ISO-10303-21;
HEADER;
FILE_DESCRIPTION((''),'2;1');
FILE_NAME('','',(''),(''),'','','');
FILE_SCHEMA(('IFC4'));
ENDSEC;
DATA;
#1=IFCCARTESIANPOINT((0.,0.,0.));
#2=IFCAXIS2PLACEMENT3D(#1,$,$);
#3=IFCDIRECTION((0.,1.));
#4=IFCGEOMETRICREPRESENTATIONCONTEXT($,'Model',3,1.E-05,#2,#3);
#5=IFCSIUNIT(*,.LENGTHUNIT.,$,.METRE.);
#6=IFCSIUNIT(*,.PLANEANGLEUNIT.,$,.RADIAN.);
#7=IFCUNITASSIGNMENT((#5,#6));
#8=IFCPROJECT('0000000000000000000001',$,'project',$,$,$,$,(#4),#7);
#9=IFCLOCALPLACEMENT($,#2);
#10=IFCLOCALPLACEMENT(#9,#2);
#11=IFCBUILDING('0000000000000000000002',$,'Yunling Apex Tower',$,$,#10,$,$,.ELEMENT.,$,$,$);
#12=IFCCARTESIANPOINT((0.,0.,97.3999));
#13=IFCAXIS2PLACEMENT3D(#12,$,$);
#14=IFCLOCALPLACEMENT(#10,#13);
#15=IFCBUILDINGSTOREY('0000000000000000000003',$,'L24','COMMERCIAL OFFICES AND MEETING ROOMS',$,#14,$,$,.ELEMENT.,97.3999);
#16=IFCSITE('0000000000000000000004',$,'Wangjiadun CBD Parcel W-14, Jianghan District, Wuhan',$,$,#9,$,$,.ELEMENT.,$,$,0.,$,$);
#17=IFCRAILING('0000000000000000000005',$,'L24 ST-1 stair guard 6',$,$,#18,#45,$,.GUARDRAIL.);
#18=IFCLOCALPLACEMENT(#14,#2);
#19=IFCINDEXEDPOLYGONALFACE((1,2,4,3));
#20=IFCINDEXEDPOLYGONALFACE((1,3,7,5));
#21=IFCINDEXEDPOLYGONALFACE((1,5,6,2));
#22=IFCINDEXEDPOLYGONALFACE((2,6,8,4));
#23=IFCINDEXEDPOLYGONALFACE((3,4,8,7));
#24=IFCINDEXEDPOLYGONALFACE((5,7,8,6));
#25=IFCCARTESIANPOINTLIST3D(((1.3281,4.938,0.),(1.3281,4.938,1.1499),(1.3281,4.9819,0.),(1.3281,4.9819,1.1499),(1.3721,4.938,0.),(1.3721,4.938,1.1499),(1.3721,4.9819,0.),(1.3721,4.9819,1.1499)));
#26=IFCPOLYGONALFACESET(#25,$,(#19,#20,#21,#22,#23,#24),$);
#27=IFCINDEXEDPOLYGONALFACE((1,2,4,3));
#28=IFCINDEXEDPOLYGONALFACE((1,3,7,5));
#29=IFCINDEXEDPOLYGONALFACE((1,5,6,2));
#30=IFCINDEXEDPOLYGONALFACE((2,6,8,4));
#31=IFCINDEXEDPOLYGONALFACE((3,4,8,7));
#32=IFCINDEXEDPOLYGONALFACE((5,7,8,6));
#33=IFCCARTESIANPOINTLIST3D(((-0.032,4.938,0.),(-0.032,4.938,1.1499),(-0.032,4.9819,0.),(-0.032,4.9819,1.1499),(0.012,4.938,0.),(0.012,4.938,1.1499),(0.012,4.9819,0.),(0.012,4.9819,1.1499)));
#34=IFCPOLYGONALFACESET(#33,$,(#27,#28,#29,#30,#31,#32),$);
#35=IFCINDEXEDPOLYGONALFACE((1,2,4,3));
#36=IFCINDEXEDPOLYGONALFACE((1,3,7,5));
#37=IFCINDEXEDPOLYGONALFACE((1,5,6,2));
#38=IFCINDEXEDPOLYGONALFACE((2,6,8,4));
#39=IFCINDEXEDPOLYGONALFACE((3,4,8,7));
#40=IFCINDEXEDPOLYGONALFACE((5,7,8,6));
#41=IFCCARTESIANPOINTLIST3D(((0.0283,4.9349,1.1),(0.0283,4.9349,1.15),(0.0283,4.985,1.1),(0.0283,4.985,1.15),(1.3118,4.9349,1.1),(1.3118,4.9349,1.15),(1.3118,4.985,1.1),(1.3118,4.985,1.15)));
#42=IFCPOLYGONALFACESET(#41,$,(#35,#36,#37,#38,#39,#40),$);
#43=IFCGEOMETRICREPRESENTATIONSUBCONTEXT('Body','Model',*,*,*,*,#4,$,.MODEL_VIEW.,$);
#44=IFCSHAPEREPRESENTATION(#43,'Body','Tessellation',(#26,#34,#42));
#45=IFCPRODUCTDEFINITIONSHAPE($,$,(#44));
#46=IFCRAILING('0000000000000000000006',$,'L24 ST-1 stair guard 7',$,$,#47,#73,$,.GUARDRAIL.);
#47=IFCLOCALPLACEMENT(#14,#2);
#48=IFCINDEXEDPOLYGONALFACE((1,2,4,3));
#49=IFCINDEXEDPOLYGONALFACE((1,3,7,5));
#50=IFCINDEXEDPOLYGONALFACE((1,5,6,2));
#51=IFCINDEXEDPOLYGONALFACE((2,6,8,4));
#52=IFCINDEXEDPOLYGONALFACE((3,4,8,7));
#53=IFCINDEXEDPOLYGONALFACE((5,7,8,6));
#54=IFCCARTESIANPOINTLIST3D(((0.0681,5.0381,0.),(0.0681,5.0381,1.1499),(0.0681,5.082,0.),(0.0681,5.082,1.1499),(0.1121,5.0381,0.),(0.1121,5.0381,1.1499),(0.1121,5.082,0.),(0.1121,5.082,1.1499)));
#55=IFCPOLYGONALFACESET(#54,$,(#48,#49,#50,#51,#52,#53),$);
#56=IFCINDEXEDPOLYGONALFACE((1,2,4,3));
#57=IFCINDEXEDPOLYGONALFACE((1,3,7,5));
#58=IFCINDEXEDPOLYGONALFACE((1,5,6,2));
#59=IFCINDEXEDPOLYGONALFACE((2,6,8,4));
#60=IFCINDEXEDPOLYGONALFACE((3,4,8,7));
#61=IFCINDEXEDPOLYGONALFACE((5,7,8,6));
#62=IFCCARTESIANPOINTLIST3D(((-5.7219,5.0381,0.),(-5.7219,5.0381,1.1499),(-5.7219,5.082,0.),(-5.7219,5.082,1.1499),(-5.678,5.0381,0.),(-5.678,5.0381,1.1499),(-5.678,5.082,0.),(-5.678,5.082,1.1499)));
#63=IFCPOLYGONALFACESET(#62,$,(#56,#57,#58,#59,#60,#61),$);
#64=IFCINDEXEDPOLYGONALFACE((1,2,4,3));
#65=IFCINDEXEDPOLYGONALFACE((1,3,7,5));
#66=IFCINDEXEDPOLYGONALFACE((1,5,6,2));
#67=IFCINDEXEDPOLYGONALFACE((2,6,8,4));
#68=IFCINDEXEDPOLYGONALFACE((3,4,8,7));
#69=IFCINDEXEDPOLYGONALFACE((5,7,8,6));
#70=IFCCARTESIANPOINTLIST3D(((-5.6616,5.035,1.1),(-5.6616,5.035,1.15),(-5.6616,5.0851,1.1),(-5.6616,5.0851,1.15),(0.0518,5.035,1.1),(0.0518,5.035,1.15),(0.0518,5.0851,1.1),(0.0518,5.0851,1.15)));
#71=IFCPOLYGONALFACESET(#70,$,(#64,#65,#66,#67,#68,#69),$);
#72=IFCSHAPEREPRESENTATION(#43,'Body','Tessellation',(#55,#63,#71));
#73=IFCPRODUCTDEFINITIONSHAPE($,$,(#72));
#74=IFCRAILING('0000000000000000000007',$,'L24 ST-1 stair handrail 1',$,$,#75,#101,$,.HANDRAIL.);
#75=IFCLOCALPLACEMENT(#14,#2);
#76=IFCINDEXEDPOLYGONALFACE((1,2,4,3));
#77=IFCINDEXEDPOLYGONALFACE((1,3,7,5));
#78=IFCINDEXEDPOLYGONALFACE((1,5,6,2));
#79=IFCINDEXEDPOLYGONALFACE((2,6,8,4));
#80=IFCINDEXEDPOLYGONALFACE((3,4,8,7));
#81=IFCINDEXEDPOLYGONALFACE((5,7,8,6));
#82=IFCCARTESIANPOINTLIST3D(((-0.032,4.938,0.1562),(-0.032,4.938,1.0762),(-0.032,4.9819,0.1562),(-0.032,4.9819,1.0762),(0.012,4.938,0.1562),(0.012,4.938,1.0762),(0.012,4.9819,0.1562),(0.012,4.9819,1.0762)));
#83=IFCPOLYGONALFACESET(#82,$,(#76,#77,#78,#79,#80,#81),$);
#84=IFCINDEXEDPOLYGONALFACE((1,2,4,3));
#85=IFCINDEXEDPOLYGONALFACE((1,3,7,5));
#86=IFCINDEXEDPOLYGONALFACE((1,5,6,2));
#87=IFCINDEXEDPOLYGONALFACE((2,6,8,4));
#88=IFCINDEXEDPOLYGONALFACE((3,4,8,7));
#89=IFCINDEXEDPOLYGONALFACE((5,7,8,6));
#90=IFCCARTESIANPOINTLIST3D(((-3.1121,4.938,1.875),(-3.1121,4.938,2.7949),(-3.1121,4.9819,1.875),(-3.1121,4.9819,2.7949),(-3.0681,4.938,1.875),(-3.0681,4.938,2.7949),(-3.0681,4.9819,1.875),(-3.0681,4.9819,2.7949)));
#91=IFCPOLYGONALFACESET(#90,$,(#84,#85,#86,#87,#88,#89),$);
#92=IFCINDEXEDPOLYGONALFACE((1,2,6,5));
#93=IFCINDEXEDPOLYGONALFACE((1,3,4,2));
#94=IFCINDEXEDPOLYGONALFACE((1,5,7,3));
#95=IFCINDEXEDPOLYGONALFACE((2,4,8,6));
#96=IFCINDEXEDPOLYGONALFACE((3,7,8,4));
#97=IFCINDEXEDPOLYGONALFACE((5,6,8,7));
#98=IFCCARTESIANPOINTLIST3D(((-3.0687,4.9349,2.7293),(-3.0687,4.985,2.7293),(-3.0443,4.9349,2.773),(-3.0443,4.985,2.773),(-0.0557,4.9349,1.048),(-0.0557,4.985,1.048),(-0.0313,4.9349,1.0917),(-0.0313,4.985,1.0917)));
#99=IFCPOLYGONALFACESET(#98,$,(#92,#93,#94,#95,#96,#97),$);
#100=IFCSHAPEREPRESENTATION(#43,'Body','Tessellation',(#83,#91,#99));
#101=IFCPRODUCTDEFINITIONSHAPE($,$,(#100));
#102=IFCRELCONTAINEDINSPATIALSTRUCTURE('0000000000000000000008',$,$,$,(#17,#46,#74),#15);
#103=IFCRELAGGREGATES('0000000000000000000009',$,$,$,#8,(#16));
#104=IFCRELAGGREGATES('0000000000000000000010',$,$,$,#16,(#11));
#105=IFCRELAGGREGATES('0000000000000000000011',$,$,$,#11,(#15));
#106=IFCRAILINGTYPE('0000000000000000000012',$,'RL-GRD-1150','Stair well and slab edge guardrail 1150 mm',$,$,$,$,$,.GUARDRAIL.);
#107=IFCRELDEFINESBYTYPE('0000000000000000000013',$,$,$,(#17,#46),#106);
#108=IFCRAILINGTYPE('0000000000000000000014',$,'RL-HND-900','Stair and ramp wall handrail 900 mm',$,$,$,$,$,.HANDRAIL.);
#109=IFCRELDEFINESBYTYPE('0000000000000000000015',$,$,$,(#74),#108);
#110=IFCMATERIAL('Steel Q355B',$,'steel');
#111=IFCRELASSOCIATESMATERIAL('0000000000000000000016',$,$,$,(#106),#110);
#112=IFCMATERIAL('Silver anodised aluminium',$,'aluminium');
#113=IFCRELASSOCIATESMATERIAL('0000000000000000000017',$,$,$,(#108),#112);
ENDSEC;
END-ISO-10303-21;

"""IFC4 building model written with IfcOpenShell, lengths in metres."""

from ifc_helpers import new_model, si_unit, direction, frame, origin, origin_2d, place, context, subcontext, project, spatial, rectangle, extrude, material, type_object, element, save


model = new_model("IFC4")

# Units and contexts
model_context = context("Model", 3, precision=1e-05, world=origin(), true_north=direction((0.0, 1.0)))
body_context = subcontext(model_context, "Body", "Model", "MODEL_VIEW")
ifc_project = project(units=[si_unit("LENGTHUNIT", "METRE"), si_unit("PLANEANGLEUNIT", "RADIAN")], contexts=[model_context])

# Site, building, storey
site_placement = place(None, origin())
site = spatial("IfcSite", under=ifc_project, at=site_placement, Name="Wangjiadun CBD Parcel W-14, Jianghan District, Wuhan", CompositionType="ELEMENT", RefElevation=0.0)
building_placement = place(site_placement, origin())
building = spatial("IfcBuilding", under=site, at=building_placement, Name="Yunling Apex Tower", CompositionType="ELEMENT")
storey_placement = place(building_placement, frame((0.0, 0.0, 97.3999)))
storey = spatial("IfcBuildingStorey", under=building, at=storey_placement, Name="L24", Description="COMMERCIAL OFFICES AND MEETING ROOMS", CompositionType="ELEMENT", Elevation=97.3999)

# Shared definitions
ifc_material_1 = material(Name="Steel Q355B", Category="steel")

# Railings
railing_type_1 = type_object("IfcRailingType", Name="RL-GRD-1150", Description="Stair well and slab edge guardrail 1150 mm", PredefinedType="GUARDRAIL", material=ifc_material_1)
railing_1_placement = place(storey_placement, frame((1.3501, 4.96, 0.0)))
element("IfcRailing", 1, at=railing_1_placement, inside=storey, type_object=railing_type_1, Name="L24 ST-1 stair guard 6", PredefinedType="GUARDRAIL", context=body_context, shape_type="SweptSolid", body=[
    extrude(rectangle(XDim=0.0439, YDim=0.0439, at=origin_2d()), origin(), (0.0, 0.0, 1.0), 1.1499),
    extrude(rectangle(XDim=0.0439, YDim=0.0439, at=origin_2d()), frame((-1.3601, 0.0, 0.0)), (0.0, 0.0, 1.0), 1.1499),
    extrude(rectangle(XDim=0.05, YDim=0.05, at=origin_2d()), frame((-0.0383, 0.0, 1.125), z_axis=(-1.0, 0.0, 0.0), x_axis=(0.0, -1.0, 0.0)), (0.0, 0.0, 1.0), 1.2834),
])
railing_2_placement = place(storey_placement, frame((0.0901, 5.0601, 0.0)))
element("IfcRailing", 2, at=railing_2_placement, inside=storey, type_object=railing_type_1, Name="L24 ST-1 stair guard 7", PredefinedType="GUARDRAIL", context=body_context, shape_type="SweptSolid", body=[
    extrude(rectangle(XDim=0.0439, YDim=0.0439, at=origin_2d()), origin(), (0.0, 0.0, 1.0), 1.1499),
    extrude(rectangle(XDim=0.0439, YDim=0.0439, at=origin_2d()), frame((-5.79, 0.0, 0.0)), (0.0, 0.0, 1.0), 1.1499),
    extrude(rectangle(XDim=0.05, YDim=0.05, at=origin_2d()), frame((-0.0383, 0.0, 1.125), z_axis=(-1.0, 0.0, 0.0), x_axis=(0.0, -1.0, 0.0)), (0.0, 0.0, 1.0), 5.7134),
])
ifc_material_2 = material(Name="Silver anodised aluminium", Category="aluminium")
railing_type_2 = type_object("IfcRailingType", Name="RL-HND-900", Description="Stair and ramp wall handrail 900 mm", PredefinedType="HANDRAIL", material=ifc_material_2)
railing_3_placement = place(storey_placement, frame((-0.01, 4.96, 0.1562)))
element("IfcRailing", 3, at=railing_3_placement, inside=storey, type_object=railing_type_2, Name="L24 ST-1 stair handrail 1", PredefinedType="HANDRAIL", context=body_context, shape_type="SweptSolid", body=[
    extrude(rectangle(XDim=0.0439, YDim=0.0439, at=origin_2d()), origin(), (0.0, 0.0, 1.0), 0.9199),
    extrude(rectangle(XDim=0.0439, YDim=0.0439, at=origin_2d()), frame((-3.0801, 0.0, 1.7188)), (0.0, 0.0, 1.0), 0.9199),
    extrude(rectangle(XDim=0.05, YDim=0.05, at=origin_2d()), frame((-0.0334, 0.0, 0.9136), z_axis=(-0.873242, 0.0, 0.487288), x_axis=(0.0, -1.0, 0.0)), (0.0, 0.0, 1.0), 3.4504),
])

save(model, "model.ifc")
